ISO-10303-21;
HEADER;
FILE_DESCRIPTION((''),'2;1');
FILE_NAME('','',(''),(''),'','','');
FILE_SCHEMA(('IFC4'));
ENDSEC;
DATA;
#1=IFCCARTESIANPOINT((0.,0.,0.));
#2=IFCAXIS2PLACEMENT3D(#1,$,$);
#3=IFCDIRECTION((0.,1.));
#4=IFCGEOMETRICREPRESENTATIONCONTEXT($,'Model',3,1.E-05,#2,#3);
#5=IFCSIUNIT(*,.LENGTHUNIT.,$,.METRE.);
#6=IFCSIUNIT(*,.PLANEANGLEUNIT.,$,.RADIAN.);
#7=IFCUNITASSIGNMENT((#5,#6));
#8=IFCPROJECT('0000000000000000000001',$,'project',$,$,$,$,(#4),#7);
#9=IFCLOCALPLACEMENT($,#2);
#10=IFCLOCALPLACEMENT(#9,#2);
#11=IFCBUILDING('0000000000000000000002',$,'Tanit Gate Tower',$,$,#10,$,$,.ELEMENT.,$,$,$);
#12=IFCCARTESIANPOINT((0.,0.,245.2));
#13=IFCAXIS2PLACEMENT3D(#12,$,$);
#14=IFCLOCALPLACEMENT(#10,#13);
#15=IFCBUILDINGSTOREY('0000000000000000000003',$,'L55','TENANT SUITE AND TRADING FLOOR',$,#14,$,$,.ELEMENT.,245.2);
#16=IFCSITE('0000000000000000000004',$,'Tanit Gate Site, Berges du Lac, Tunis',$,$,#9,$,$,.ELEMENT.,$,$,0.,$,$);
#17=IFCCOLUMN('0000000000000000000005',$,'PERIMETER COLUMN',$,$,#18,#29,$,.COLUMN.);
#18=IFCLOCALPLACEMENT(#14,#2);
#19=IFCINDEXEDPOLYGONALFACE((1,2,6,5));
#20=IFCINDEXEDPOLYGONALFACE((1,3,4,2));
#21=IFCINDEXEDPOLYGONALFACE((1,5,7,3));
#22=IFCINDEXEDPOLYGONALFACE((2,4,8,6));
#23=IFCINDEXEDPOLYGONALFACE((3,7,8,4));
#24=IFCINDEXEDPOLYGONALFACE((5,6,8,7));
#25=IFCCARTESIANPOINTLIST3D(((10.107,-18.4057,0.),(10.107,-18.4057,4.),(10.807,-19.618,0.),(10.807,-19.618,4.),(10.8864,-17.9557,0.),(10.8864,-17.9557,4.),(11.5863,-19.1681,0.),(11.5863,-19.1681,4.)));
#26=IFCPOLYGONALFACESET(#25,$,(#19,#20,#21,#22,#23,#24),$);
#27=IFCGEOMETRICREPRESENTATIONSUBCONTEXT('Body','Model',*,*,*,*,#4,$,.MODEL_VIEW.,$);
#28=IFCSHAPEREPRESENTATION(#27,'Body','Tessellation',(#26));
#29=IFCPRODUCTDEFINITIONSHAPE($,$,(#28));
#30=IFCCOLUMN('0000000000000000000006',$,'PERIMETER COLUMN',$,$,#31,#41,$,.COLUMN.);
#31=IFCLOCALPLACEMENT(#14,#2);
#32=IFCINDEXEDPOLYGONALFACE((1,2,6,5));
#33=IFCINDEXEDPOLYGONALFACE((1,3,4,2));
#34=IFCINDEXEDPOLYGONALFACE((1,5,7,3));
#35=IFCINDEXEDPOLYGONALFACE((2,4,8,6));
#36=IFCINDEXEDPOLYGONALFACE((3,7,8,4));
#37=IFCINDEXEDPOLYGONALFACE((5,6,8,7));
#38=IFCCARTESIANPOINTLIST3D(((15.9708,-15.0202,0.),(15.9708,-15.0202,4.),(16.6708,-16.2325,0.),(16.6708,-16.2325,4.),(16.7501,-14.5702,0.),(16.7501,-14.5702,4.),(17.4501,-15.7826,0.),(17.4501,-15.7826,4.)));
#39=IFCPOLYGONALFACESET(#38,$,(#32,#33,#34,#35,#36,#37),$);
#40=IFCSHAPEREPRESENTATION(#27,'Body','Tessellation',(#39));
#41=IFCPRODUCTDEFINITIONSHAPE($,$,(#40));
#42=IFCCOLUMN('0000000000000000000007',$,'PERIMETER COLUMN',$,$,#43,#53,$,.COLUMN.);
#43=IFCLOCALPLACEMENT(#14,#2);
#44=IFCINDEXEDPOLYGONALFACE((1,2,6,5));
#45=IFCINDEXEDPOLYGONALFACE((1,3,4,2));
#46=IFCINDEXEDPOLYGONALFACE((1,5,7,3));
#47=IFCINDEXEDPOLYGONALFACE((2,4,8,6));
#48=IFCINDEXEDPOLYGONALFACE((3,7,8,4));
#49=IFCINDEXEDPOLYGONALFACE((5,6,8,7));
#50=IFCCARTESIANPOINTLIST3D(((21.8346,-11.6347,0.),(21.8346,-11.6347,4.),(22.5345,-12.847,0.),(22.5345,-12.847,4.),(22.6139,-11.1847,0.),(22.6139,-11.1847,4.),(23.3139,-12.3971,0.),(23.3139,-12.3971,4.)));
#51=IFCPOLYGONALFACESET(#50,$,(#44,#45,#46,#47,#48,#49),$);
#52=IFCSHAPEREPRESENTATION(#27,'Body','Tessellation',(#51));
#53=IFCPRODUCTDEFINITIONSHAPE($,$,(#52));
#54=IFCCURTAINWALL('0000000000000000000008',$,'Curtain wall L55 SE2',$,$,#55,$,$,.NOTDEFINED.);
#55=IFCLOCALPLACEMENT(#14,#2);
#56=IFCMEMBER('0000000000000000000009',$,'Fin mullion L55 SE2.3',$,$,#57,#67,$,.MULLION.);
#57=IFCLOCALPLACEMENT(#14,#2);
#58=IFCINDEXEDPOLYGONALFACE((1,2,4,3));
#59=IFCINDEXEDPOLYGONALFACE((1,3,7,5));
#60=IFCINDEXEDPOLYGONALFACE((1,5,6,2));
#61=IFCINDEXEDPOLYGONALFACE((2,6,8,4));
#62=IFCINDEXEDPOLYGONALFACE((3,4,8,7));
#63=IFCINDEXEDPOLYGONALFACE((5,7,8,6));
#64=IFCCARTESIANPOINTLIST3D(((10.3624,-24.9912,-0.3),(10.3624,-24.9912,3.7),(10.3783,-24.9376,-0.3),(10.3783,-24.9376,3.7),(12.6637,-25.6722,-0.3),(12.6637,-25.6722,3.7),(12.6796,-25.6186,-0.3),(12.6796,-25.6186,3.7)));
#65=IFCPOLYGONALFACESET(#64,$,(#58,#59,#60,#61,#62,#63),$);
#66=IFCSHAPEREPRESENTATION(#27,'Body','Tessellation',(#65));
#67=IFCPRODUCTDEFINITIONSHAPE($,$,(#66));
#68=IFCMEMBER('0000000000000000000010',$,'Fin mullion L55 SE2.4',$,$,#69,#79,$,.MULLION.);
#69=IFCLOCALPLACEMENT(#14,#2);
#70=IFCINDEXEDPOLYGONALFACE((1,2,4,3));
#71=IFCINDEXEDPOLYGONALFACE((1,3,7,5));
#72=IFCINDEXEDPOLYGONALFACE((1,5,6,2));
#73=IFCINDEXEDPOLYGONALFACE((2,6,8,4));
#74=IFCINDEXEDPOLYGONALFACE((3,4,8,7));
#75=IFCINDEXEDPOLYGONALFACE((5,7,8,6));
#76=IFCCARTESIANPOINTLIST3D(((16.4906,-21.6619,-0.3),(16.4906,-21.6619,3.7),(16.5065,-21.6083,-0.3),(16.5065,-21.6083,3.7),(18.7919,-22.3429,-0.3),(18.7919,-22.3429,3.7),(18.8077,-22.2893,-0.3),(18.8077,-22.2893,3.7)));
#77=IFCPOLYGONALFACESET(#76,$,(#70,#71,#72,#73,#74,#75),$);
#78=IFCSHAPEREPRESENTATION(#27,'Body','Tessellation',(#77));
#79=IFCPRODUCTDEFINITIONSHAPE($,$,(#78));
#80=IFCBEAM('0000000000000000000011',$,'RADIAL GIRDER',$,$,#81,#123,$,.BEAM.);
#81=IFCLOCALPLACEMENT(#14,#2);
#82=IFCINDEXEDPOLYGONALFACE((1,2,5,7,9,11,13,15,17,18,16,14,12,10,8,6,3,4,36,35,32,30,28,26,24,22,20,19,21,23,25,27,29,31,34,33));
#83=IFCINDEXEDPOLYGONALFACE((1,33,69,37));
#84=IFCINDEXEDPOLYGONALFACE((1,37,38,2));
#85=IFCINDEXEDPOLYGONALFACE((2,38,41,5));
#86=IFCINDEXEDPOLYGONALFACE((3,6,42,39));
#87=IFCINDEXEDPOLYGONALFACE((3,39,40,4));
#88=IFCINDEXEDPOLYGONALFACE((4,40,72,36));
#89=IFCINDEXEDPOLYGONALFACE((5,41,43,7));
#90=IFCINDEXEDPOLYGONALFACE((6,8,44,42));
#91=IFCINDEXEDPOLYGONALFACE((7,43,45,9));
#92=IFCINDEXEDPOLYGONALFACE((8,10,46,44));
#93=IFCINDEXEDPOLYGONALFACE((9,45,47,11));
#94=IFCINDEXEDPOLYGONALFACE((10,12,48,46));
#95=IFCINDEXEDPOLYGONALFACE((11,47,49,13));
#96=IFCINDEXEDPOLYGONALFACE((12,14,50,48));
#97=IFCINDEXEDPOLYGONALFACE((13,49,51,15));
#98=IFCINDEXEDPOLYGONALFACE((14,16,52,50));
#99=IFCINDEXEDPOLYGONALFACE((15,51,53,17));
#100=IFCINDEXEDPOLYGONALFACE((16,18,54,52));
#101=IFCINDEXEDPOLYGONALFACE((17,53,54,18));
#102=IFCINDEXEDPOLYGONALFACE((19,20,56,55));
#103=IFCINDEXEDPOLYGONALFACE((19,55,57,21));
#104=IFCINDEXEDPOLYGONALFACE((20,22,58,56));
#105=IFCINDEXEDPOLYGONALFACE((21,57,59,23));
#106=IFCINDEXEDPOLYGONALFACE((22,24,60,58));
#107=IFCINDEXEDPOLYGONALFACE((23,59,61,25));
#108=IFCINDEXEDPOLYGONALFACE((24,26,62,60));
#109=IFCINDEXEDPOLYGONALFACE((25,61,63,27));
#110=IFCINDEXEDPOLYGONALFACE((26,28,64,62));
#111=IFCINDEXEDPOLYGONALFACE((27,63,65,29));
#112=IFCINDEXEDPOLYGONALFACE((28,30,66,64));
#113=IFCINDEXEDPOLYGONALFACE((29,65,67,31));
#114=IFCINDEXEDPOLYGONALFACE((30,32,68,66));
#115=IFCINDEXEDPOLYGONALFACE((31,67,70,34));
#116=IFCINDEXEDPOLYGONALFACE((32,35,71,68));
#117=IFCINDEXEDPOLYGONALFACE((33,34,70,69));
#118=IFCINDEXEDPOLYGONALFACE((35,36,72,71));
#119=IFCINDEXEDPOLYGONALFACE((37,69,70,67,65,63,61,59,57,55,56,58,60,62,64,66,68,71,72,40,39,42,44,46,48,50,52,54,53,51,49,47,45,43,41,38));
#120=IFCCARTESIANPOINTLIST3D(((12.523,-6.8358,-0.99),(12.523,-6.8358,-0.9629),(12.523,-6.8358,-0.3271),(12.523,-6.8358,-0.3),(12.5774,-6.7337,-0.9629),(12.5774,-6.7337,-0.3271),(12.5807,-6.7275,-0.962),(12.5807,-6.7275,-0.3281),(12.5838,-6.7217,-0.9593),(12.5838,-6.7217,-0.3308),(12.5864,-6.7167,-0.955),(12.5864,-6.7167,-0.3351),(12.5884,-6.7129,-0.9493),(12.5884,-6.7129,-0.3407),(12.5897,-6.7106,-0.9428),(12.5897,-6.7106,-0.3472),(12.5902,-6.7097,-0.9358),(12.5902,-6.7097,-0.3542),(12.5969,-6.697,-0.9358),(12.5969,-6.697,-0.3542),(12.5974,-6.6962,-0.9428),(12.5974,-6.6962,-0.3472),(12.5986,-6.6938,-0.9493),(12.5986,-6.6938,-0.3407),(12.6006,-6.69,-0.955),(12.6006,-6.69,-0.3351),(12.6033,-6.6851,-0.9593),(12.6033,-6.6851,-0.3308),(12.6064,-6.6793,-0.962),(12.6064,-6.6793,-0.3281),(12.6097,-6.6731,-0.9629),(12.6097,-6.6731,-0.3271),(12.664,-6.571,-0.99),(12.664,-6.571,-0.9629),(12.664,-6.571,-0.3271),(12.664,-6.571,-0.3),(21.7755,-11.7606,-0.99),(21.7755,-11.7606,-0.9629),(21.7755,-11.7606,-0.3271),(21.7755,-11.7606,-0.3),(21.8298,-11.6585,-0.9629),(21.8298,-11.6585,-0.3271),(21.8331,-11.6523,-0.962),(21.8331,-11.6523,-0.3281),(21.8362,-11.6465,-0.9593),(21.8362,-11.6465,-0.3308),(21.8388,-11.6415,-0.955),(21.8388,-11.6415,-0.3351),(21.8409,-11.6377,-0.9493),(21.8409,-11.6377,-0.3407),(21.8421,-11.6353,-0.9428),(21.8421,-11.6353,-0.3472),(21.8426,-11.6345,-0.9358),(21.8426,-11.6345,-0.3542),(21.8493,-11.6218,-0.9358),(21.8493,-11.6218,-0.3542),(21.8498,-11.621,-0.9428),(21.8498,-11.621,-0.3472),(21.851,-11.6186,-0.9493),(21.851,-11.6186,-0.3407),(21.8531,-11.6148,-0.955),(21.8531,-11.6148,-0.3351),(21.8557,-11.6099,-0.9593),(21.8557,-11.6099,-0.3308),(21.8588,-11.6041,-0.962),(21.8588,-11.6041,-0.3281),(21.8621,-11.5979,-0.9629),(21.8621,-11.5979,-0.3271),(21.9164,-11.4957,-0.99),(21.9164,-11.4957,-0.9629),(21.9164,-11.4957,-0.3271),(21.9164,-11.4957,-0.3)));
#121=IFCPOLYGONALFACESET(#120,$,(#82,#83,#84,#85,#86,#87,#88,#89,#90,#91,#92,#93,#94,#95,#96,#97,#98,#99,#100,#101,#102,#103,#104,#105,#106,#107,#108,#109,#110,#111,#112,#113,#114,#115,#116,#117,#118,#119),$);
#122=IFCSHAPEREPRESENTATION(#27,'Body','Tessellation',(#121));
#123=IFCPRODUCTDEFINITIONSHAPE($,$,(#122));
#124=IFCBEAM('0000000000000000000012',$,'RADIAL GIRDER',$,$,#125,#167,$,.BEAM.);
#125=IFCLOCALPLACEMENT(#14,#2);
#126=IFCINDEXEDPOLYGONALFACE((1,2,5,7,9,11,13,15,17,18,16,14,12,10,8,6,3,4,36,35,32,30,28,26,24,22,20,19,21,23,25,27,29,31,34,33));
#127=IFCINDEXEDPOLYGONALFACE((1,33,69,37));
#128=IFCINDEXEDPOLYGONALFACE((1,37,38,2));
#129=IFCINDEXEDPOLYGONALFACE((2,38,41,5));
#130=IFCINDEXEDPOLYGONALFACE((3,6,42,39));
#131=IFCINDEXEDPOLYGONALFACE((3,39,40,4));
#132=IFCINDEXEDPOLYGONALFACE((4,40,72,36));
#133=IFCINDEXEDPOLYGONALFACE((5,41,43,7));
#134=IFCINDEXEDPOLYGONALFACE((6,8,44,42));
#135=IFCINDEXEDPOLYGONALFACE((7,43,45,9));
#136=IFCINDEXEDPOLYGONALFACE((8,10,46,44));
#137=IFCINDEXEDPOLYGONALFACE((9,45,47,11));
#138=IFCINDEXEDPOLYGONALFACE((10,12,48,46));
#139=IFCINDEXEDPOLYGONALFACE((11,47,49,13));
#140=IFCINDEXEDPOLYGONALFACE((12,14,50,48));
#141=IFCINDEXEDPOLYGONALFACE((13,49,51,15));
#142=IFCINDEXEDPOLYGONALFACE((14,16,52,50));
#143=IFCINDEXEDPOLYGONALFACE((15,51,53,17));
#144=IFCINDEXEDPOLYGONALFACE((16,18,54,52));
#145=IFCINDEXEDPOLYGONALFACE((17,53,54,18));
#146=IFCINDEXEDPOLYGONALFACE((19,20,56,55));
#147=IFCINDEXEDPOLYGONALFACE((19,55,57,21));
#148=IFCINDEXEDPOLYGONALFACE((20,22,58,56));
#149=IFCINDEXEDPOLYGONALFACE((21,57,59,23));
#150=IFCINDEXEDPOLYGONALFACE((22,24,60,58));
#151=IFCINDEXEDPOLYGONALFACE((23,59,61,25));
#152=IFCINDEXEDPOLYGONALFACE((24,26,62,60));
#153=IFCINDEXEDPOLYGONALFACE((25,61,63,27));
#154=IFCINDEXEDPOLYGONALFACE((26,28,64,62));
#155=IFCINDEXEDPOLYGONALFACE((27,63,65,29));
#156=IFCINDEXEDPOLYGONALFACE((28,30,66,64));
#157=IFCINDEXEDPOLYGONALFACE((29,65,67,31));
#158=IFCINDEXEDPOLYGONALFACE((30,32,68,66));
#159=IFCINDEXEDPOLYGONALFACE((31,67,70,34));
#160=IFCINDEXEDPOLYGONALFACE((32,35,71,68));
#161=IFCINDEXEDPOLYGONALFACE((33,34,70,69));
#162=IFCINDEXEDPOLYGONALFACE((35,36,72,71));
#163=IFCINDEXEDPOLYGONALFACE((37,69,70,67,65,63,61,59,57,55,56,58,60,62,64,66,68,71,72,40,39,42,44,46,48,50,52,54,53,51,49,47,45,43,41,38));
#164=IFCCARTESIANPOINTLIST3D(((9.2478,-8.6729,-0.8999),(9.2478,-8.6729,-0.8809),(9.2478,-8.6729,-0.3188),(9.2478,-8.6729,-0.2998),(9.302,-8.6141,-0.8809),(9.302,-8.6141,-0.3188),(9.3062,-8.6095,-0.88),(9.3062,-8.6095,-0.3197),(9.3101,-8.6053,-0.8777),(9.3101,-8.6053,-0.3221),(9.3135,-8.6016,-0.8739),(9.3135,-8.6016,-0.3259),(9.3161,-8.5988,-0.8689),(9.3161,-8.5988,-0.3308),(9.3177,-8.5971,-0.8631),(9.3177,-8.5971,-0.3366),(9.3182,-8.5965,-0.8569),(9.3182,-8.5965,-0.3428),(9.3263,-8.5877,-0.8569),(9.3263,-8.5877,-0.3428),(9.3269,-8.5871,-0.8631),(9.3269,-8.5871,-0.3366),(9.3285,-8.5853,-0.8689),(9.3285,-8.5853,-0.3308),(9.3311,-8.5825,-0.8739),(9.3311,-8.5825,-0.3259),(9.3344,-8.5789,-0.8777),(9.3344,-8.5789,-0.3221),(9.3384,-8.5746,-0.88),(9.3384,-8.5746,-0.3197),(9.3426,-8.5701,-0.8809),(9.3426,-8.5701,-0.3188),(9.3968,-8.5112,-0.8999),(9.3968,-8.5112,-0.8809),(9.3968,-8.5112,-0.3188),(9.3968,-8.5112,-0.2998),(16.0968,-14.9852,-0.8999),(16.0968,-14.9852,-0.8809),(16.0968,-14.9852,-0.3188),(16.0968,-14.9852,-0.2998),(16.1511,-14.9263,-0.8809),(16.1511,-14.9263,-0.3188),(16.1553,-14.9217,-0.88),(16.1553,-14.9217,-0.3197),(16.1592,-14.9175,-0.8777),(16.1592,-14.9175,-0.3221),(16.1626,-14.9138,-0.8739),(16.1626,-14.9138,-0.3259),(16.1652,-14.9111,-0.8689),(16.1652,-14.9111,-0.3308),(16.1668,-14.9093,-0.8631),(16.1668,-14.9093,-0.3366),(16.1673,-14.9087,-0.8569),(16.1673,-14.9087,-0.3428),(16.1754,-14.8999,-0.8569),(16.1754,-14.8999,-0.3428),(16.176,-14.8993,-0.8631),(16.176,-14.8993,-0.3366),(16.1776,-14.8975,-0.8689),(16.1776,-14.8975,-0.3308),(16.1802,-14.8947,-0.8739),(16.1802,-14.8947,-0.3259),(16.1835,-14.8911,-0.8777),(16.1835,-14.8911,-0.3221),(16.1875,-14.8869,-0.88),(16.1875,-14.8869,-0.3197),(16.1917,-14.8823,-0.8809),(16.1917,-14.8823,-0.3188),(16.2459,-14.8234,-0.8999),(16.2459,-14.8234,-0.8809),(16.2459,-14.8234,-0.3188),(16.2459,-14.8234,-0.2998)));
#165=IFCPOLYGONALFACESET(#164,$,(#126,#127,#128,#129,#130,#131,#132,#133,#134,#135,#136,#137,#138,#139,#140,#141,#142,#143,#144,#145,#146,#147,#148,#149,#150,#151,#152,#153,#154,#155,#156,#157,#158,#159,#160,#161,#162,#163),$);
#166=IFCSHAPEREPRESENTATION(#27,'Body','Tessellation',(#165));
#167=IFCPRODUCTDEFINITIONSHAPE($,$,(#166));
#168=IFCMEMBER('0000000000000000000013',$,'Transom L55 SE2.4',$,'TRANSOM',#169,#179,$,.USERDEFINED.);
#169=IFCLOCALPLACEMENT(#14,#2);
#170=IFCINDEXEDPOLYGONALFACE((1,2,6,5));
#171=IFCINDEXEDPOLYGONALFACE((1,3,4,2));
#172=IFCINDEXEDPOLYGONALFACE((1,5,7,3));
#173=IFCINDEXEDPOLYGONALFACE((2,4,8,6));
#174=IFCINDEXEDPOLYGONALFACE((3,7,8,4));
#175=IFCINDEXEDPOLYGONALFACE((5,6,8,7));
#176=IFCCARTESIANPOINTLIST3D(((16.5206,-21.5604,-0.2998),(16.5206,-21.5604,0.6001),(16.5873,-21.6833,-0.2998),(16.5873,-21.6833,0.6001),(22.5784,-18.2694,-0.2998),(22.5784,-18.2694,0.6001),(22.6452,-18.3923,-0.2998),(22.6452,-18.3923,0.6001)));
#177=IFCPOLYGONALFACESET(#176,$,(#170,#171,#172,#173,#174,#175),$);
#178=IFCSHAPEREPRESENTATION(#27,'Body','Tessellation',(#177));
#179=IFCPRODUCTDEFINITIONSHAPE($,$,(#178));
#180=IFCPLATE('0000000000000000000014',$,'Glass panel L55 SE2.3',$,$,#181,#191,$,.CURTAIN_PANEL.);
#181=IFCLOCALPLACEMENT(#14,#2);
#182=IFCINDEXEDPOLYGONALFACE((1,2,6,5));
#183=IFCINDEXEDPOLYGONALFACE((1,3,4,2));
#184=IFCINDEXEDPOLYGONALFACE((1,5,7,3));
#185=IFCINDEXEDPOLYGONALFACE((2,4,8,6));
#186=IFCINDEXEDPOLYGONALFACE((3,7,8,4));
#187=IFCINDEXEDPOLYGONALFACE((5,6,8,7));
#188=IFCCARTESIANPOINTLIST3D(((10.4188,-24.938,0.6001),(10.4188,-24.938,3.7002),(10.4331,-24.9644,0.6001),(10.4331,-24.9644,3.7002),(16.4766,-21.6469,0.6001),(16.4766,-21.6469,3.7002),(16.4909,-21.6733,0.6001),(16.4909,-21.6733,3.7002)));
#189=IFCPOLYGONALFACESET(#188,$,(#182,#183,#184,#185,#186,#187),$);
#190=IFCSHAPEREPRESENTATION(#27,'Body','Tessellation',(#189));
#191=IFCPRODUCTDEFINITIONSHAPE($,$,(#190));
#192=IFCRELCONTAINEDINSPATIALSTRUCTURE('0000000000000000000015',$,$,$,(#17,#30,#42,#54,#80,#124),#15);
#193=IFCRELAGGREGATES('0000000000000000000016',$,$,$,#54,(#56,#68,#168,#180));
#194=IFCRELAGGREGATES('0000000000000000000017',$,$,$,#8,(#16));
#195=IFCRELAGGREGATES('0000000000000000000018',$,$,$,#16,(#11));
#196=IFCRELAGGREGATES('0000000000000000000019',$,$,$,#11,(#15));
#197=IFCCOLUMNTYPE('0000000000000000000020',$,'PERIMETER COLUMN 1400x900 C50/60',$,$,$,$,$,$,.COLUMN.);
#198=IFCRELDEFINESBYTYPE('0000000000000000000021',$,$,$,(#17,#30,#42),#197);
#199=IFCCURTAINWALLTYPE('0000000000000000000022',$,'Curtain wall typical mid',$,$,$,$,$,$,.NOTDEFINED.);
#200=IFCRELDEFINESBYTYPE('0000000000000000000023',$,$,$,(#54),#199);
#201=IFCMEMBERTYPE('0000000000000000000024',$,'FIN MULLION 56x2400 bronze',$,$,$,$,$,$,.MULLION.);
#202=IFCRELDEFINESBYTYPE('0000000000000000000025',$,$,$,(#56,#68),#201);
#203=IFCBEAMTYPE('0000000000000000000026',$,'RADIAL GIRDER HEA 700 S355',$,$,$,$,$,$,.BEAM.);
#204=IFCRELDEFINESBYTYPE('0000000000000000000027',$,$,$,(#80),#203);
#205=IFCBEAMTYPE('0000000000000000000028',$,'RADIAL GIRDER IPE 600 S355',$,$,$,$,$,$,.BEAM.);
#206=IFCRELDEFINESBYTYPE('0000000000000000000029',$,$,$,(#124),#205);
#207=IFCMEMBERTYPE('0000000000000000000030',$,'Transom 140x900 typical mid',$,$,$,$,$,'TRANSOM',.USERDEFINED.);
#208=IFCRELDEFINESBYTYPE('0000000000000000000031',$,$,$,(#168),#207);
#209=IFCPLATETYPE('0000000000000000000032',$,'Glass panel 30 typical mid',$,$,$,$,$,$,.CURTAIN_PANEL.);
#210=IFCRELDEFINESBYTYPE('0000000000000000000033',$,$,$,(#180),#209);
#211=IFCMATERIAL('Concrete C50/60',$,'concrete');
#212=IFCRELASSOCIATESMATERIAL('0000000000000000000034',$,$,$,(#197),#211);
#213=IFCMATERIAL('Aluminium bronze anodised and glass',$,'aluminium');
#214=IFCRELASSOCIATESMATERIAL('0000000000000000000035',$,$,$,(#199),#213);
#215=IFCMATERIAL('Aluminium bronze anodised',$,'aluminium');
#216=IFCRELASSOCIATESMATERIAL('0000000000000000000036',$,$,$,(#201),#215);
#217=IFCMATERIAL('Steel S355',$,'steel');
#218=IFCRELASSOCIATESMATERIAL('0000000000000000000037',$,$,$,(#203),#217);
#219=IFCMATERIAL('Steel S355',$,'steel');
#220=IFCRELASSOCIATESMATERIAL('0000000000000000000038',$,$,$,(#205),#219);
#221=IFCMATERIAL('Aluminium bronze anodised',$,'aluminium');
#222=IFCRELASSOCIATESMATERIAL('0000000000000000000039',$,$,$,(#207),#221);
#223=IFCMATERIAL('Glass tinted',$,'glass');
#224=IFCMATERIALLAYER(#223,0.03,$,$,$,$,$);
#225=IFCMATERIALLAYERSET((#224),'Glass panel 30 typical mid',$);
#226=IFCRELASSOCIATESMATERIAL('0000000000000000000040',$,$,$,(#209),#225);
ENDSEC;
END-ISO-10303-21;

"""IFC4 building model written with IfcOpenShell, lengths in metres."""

from ifc_helpers import new_model, si_unit, direction, frame, origin, origin_2d, place, context, subcontext, project, spatial, rectangle, i_section, extrude, material, layer, layer_set, material_profile, profile_set, type_object, element, aggregate, save


model = new_model("IFC4")

# Units and contexts
model_context = context("Model", 3, precision=1e-05, world=origin(), true_north=direction((0.0, 1.0)))
body_context = subcontext(model_context, "Body", "Model", "MODEL_VIEW")
ifc_project = project(units=[si_unit("LENGTHUNIT", "METRE"), si_unit("PLANEANGLEUNIT", "RADIAN")], contexts=[model_context])

# Site, building, storey
site_placement = place(None, origin())
site = spatial("IfcSite", under=ifc_project, at=site_placement, Name="Tanit Gate Site, Berges du Lac, Tunis", CompositionType="ELEMENT", RefElevation=0.0)
building_placement = place(site_placement, origin())
building = spatial("IfcBuilding", under=site, at=building_placement, Name="Tanit Gate Tower", CompositionType="ELEMENT")
storey_placement = place(building_placement, frame((0.0, 0.0, 245.2)))
storey = spatial("IfcBuildingStorey", under=building, at=storey_placement, Name="L55", Description="TENANT SUITE AND TRADING FLOOR", CompositionType="ELEMENT", Elevation=245.2)

# Columns
ifc_material_1 = material(Name="Concrete C50/60", Category="concrete")
ifc_material_profile_1 = material_profile(ifc_material_1, rectangle(XDim=1.3999, YDim=0.8999, at=origin_2d()), Name="RC 1400x900")
ifc_profile_set_1 = profile_set([ifc_material_profile_1], Name="Concrete C50/60")
column_type = type_object("IfcColumnType", Name="PERIMETER COLUMN 1400x900 C50/60", PredefinedType="COLUMN", material=ifc_profile_set_1)
for number, where, z_axis, x_axis, name in (
    (1, (10.8467, -18.7869, 0.0), (0.0, 0.0, 1.0), (0.5, -0.866025, 0.0), "PERIMETER COLUMN"),
    (2, (16.7104, -15.4014, 0.0), (0.0, 0.0, 1.0), (0.5, -0.866025, 0.0), "PERIMETER COLUMN"),
    (3, (22.5742, -12.0159, 0.0), (0.0, 0.0, 1.0), (0.5, -0.866025, 0.0), "PERIMETER COLUMN"),
):
    element("IfcColumn", number, at=place(storey_placement, frame(where, z_axis=z_axis, x_axis=x_axis)), inside=storey, type_object=column_type, Name=name, PredefinedType="COLUMN", context=body_context, shape_type="SweptSolid", body=[
        extrude(rectangle(XDim=1.3999, YDim=0.8999, at=origin_2d()), origin(), (0.0, 0.0, 1.0), 4.0),
    ])

# Curtain wall, members
ifc_material_2 = material(Name="Aluminium bronze anodised and glass", Category="aluminium")
curtain_wall_type = type_object("IfcCurtainWallType", Name="Curtain wall typical mid", PredefinedType="NOTDEFINED", material=ifc_material_2)
curtain_wall_placement = place(storey_placement, origin())
curtain_wall = element("IfcCurtainWall", 4, at=curtain_wall_placement, inside=storey, type_object=curtain_wall_type, Name="Curtain wall L55 SE2", PredefinedType="NOTDEFINED")
ifc_material_3 = material(Name="Aluminium bronze anodised", Category="aluminium")
ifc_material_profile_2 = material_profile(ifc_material_3, rectangle(XDim=2.3999, YDim=0.0559, at=origin_2d()), Name="56x2400 bronze fin mullion")
ifc_profile_set_2 = profile_set([ifc_material_profile_2], Name="Aluminium bronze anodised")
member_type_1 = type_object("IfcMemberType", Name="FIN MULLION 56x2400 bronze", PredefinedType="MULLION", material=ifc_profile_set_2)
member_1_placement = place(storey_placement, frame((11.521, -25.3049, -0.3), z_axis=(0.0, 0.0, 1.0), x_axis=(-0.958892, 0.283773, 0.0)))
member_1 = element("IfcMember", 5, at=member_1_placement, type_object=member_type_1, Name="Fin mullion L55 SE2.3", PredefinedType="MULLION", context=body_context, shape_type="SweptSolid", body=[
    extrude(rectangle(XDim=2.3999, YDim=0.0559, at=origin_2d()), origin(), (0.0, 0.0, 1.0), 4.0),
])
member_2_placement = place(storey_placement, frame((17.6492, -21.9756, -0.3), z_axis=(0.0, 0.0, 1.0), x_axis=(-0.958892, 0.283773, 0.0)))
member_2 = element("IfcMember", 6, at=member_2_placement, type_object=member_type_1, Name="Fin mullion L55 SE2.4", PredefinedType="MULLION", context=body_context, shape_type="SweptSolid", body=[
    extrude(rectangle(XDim=2.3999, YDim=0.0559, at=origin_2d()), origin(), (0.0, 0.0, 1.0), 4.0),
])

# Beams
ifc_material_4 = material(Name="Steel S355", Category="steel")
ifc_material_profile_3 = material_profile(ifc_material_4, i_section(OverallWidth=0.3, OverallDepth=0.6899, WebThickness=0.0144, FlangeThickness=0.0271, FilletRadius=0.0271, at=origin_2d()), Name="HEA 700")
ifc_profile_set_3 = profile_set([ifc_material_profile_3], Name="Steel S355")
beam_type_1 = type_object("IfcBeamType", Name="RADIAL GIRDER HEA 700 S355", PredefinedType="BEAM", material=ifc_profile_set_3)
beam_1_placement = place(storey_placement, frame((21.8459, -11.6282, -0.645), z_axis=(-0.882742, 0.469858, 0.0), x_axis=(-0.469858, -0.882742, 0.0)))
element("IfcBeam", 7, at=beam_1_placement, inside=storey, type_object=beam_type_1, Name="RADIAL GIRDER", PredefinedType="BEAM", context=body_context, shape_type="SweptSolid", body=[
    extrude(i_section(OverallWidth=0.3, OverallDepth=0.6899, WebThickness=0.0144, FlangeThickness=0.0271, FilletRadius=0.0271, at=origin_2d()), origin(), (0.0, 0.0, 1.0), 10.4814),
])
ifc_material_5 = material(Name="Steel S355", Category="steel")
ifc_material_profile_4 = material_profile(ifc_material_5, i_section(OverallWidth=0.22, OverallDepth=0.6001, WebThickness=0.012, FlangeThickness=0.019, FilletRadius=0.0239, at=origin_2d()), Name="IPE 600")
ifc_profile_set_4 = profile_set([ifc_material_profile_4], Name="Steel S355")
beam_type_2 = type_object("IfcBeamType", Name="RADIAL GIRDER IPE 600 S355", PredefinedType="BEAM", material=ifc_profile_set_4)
beam_2_placement = place(storey_placement, frame((16.1714, -14.9043, -0.5999), z_axis=(-0.735339, 0.6777, 0.0), x_axis=(-0.6777, -0.735339, 0.0)))
element("IfcBeam", 8, at=beam_2_placement, inside=storey, type_object=beam_type_2, Name="RADIAL GIRDER", PredefinedType="BEAM", context=body_context, shape_type="SweptSolid", body=[
    extrude(i_section(OverallWidth=0.22, OverallDepth=0.6001, WebThickness=0.012, FlangeThickness=0.019, FilletRadius=0.0239, at=origin_2d()), origin(), (0.0, 0.0, 1.0), 9.3142),
])

# Member
ifc_material_6 = material(Name="Aluminium bronze anodised", Category="aluminium")
ifc_material_profile_5 = material_profile(ifc_material_6, rectangle(XDim=0.1399, YDim=0.8999, at=origin_2d()), Name="140x900 bronze transom")
ifc_profile_set_5 = profile_set([ifc_material_profile_5], Name="Aluminium bronze anodised")
member_type_2 = type_object("IfcMemberType", Name="Transom 140x900 typical mid", ElementType="TRANSOM", PredefinedType="USERDEFINED", material=ifc_profile_set_5)
member_3_placement = place(storey_placement, frame((16.554, -21.6218, 0.1501), z_axis=(0.878704, 0.477368, 0.0), x_axis=(-0.477368, 0.878704, 0.0)))
member_3 = element("IfcMember", 9, at=member_3_placement, type_object=member_type_2, Name="Transom L55 SE2.4", ObjectType="TRANSOM", PredefinedType="USERDEFINED", context=body_context, shape_type="SweptSolid", body=[
    extrude(rectangle(XDim=0.1399, YDim=0.8999, at=origin_2d()), origin(), (0.0, 0.0, 1.0), 6.894),
])

# Plate
ifc_material_7 = material(Name="Glass tinted", Category="glass")
ifc_layer_1 = layer(ifc_material_7, 0.03)
ifc_layer_set_1 = layer_set([ifc_layer_1], Name="Glass panel 30 typical mid")
plate_type = type_object("IfcPlateType", Name="Glass panel 30 typical mid", PredefinedType="CURTAIN_PANEL", material=ifc_layer_set_1)
plate_1_placement = place(storey_placement, frame((13.4548, -23.3057, 0.6001), z_axis=(0.0, 0.0, 1.0), x_axis=(0.878696, 0.477381, 0.0)))
plate_1 = element("IfcPlate", 10, at=plate_1_placement, type_object=plate_type, Name="Glass panel L55 SE2.3", PredefinedType="CURTAIN_PANEL", context=body_context, shape_type="SweptSolid", body=[
    extrude(rectangle(XDim=6.894, YDim=0.03, at=origin_2d()), origin(), (0.0, 0.0, 1.0), 3.1001),
])
aggregate(curtain_wall, [member_1, member_2, member_3, plate_1])

save(model, "model.ifc")
